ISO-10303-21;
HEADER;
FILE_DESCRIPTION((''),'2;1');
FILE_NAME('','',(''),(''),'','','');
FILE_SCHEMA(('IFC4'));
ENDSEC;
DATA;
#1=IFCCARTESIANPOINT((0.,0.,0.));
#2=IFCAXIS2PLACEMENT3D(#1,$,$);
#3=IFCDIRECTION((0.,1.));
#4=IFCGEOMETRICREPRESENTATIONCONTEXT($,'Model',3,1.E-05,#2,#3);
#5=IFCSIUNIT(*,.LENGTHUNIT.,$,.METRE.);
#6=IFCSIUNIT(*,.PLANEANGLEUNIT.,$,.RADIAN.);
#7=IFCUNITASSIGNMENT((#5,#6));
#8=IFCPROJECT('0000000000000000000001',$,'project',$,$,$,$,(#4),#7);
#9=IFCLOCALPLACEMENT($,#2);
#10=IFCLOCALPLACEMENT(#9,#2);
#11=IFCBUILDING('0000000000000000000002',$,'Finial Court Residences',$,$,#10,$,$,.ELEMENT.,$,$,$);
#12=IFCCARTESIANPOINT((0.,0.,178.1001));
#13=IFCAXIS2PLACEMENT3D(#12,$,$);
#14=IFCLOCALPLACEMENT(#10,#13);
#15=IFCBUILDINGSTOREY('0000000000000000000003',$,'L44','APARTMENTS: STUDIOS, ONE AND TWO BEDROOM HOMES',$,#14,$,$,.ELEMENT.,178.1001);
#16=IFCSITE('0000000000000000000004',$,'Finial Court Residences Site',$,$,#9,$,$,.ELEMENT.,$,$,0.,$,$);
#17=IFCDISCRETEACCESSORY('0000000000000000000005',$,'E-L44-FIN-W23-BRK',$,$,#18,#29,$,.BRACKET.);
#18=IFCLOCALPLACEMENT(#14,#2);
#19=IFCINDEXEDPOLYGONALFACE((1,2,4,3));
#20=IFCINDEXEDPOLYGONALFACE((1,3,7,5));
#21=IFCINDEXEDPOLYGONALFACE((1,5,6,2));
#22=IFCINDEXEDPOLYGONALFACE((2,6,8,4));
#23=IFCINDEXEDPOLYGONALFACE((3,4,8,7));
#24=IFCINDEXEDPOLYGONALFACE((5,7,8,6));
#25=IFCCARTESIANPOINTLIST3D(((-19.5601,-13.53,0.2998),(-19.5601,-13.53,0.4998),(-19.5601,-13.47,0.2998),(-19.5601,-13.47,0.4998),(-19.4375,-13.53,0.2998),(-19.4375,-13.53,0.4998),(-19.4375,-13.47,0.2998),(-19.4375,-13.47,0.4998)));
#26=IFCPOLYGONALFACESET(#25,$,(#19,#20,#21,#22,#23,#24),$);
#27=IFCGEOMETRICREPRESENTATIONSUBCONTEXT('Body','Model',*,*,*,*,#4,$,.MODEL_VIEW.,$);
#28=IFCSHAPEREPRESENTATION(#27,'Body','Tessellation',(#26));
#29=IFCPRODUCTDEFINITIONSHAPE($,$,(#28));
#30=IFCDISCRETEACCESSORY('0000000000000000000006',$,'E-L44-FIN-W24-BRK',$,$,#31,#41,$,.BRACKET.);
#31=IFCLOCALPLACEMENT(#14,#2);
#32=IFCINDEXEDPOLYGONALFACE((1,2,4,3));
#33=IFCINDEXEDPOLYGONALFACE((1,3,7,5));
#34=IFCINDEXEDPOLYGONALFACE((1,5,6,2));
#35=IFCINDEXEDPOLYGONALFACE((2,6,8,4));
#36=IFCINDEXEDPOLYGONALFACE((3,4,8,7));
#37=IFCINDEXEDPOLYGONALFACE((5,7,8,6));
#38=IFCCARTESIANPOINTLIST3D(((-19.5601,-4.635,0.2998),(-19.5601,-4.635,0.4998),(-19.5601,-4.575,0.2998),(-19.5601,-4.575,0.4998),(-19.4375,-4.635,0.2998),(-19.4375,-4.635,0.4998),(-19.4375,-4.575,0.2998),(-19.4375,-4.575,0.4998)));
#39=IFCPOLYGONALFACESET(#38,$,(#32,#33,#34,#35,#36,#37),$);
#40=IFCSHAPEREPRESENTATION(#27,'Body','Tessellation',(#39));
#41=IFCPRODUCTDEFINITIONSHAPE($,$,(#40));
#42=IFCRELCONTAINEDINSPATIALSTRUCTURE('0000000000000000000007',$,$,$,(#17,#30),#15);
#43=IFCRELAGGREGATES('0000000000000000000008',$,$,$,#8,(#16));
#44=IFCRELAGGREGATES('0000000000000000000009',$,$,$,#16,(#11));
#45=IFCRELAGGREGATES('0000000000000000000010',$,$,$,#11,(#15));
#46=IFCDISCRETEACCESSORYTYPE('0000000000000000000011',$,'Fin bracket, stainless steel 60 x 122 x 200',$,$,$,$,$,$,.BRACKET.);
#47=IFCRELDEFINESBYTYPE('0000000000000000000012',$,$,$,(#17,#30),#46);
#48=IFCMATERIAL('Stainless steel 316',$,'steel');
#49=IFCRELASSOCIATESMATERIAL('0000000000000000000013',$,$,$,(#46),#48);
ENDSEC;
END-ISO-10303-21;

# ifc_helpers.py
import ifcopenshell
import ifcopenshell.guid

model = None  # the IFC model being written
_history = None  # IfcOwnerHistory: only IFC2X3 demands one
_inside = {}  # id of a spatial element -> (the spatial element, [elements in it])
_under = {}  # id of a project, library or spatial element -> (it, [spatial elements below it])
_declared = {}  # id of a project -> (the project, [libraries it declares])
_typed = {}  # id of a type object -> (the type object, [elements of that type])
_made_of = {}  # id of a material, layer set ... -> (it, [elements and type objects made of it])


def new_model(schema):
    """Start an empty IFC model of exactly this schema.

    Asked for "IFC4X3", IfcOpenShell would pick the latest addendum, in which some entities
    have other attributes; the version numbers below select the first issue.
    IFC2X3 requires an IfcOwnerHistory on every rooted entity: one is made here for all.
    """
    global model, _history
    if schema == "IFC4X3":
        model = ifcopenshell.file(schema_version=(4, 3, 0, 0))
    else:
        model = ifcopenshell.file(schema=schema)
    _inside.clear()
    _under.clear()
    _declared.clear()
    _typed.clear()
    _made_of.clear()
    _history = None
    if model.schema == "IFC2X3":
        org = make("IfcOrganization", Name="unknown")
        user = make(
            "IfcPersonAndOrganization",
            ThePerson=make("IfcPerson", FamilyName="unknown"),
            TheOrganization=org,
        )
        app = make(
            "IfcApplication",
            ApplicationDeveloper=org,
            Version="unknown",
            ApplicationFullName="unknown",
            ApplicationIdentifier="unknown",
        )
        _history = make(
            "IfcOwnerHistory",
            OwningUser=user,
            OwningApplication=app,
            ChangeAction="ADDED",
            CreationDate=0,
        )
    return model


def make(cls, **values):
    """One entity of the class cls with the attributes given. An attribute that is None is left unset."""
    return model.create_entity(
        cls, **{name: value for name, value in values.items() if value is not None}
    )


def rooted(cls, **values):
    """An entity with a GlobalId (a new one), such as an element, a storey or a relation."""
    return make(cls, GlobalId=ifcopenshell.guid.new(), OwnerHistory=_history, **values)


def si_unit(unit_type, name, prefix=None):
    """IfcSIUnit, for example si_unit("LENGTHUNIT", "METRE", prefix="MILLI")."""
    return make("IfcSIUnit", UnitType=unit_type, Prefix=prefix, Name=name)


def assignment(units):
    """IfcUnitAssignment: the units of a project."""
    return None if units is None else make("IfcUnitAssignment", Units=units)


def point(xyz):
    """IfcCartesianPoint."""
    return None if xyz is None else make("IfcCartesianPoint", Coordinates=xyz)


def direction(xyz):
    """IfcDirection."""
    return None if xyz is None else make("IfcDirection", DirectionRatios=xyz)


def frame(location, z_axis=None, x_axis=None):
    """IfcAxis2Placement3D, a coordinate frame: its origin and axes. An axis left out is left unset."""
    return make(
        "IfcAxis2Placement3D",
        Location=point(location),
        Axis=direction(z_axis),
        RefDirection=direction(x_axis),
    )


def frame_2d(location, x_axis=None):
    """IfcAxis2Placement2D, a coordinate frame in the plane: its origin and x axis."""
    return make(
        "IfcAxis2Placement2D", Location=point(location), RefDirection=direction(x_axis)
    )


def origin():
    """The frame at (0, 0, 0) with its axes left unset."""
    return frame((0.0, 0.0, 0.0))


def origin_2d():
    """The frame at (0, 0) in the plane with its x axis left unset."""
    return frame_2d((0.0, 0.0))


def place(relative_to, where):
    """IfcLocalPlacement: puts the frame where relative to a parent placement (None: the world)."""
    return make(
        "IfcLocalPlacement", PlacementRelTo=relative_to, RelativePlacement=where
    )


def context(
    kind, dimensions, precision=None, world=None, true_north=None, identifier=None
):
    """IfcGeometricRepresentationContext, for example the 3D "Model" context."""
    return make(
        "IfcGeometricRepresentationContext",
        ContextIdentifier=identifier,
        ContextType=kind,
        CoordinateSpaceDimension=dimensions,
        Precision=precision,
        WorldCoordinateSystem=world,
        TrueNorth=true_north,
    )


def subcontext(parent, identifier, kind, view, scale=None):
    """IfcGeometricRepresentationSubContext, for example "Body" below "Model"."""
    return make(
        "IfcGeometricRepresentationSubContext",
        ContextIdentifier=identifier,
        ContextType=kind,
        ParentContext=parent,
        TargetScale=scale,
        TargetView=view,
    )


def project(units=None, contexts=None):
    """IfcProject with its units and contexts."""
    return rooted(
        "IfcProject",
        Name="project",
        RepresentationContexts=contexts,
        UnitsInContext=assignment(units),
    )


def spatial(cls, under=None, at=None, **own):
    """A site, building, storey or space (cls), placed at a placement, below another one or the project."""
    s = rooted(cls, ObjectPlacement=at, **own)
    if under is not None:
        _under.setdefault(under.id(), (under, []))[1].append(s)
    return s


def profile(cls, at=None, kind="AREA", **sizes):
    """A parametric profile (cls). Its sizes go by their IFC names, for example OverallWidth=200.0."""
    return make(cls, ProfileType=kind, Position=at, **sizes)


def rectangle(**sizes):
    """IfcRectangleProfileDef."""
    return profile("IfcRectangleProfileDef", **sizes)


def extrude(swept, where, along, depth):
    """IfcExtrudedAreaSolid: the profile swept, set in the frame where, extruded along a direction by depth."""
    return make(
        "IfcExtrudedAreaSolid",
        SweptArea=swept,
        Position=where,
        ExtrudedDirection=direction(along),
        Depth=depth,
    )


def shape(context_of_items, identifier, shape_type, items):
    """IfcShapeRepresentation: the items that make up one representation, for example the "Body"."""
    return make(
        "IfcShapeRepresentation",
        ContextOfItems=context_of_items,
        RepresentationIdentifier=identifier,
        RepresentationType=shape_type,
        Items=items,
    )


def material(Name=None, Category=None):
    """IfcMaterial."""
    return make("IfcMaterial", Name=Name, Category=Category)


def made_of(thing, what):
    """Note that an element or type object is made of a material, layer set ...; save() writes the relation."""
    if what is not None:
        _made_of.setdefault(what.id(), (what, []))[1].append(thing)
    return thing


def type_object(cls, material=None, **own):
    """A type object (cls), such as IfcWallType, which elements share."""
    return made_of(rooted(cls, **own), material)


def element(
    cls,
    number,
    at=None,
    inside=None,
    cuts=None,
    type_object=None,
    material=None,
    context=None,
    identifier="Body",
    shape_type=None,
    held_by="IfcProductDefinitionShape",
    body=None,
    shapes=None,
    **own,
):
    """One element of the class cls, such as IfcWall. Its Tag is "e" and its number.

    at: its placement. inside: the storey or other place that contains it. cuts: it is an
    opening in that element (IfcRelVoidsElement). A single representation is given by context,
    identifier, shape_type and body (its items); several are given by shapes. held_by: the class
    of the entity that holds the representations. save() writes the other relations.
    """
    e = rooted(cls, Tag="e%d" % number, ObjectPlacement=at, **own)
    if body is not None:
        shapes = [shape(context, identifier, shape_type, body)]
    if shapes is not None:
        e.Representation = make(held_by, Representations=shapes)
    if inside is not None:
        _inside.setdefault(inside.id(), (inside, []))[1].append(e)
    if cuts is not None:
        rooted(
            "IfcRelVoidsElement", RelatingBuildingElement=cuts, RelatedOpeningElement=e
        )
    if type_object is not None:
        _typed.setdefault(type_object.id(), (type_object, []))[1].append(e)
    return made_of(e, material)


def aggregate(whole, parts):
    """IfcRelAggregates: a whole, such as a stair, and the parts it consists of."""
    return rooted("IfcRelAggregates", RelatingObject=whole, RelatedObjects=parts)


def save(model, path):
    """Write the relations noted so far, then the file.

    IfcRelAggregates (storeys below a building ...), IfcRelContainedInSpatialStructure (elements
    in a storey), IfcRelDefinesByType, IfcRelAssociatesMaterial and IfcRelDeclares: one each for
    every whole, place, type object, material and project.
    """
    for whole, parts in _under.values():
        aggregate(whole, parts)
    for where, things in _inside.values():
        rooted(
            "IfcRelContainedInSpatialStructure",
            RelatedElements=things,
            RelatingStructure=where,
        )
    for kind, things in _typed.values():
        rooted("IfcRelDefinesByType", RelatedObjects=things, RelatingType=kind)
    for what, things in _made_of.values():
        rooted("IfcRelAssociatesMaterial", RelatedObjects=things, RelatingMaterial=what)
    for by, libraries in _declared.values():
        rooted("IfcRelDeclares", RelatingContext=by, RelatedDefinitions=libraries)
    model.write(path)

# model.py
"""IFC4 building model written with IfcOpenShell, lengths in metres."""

from ifc_helpers import new_model, si_unit, direction, frame, origin, origin_2d, place, context, subcontext, project, spatial, rectangle, extrude, material, type_object, element, save


model = new_model("IFC4")

# Units and contexts
model_context = context("Model", 3, precision=1e-05, world=origin(), true_north=direction((0.0, 1.0)))
body_context = subcontext(model_context, "Body", "Model", "MODEL_VIEW")
ifc_project = project(units=[si_unit("LENGTHUNIT", "METRE"), si_unit("PLANEANGLEUNIT", "RADIAN")], contexts=[model_context])

# Site, building, storey
site_placement = place(None, origin())
site = spatial("IfcSite", under=ifc_project, at=site_placement, Name="Finial Court Residences Site", CompositionType="ELEMENT", RefElevation=0.0)
building_placement = place(site_placement, origin())
building = spatial("IfcBuilding", under=site, at=building_placement, Name="Finial Court Residences", CompositionType="ELEMENT")
storey_placement = place(building_placement, frame((0.0, 0.0, 178.1001)))
storey = spatial("IfcBuildingStorey", under=building, at=storey_placement, Name="L44", Description="APARTMENTS: STUDIOS, ONE AND TWO BEDROOM HOMES", CompositionType="ELEMENT", Elevation=178.1001)

# Discrete accessories
ifc_material_1 = material(Name="Stainless steel 316", Category="steel")
discrete_accessory_type = type_object("IfcDiscreteAccessoryType", Name="Fin bracket, stainless steel 60 x 122 x 200", PredefinedType="BRACKET", material=ifc_material_1)
for number, where, z_axis, x_axis, name in (
    (1, (-19.4988, -13.5, 0.2998), (0.0, 0.0, 1.0), (1.0, 0.0, 0.0), "E-L44-FIN-W23-BRK"),
    (2, (-19.4988, -4.605, 0.2998), (0.0, 0.0, 1.0), (1.0, 0.0, 0.0), "E-L44-FIN-W24-BRK"),
):
    element("IfcDiscreteAccessory", number, at=place(storey_placement, frame(where, z_axis=z_axis, x_axis=x_axis)), inside=storey, type_object=discrete_accessory_type, Name=name, PredefinedType="BRACKET", context=body_context, shape_type="SweptSolid", body=[
        extrude(rectangle(XDim=0.1226, YDim=0.0601, at=origin_2d()), origin(), (0.0, 0.0, 1.0), 0.2),
    ])

save(model, "model.ifc")
